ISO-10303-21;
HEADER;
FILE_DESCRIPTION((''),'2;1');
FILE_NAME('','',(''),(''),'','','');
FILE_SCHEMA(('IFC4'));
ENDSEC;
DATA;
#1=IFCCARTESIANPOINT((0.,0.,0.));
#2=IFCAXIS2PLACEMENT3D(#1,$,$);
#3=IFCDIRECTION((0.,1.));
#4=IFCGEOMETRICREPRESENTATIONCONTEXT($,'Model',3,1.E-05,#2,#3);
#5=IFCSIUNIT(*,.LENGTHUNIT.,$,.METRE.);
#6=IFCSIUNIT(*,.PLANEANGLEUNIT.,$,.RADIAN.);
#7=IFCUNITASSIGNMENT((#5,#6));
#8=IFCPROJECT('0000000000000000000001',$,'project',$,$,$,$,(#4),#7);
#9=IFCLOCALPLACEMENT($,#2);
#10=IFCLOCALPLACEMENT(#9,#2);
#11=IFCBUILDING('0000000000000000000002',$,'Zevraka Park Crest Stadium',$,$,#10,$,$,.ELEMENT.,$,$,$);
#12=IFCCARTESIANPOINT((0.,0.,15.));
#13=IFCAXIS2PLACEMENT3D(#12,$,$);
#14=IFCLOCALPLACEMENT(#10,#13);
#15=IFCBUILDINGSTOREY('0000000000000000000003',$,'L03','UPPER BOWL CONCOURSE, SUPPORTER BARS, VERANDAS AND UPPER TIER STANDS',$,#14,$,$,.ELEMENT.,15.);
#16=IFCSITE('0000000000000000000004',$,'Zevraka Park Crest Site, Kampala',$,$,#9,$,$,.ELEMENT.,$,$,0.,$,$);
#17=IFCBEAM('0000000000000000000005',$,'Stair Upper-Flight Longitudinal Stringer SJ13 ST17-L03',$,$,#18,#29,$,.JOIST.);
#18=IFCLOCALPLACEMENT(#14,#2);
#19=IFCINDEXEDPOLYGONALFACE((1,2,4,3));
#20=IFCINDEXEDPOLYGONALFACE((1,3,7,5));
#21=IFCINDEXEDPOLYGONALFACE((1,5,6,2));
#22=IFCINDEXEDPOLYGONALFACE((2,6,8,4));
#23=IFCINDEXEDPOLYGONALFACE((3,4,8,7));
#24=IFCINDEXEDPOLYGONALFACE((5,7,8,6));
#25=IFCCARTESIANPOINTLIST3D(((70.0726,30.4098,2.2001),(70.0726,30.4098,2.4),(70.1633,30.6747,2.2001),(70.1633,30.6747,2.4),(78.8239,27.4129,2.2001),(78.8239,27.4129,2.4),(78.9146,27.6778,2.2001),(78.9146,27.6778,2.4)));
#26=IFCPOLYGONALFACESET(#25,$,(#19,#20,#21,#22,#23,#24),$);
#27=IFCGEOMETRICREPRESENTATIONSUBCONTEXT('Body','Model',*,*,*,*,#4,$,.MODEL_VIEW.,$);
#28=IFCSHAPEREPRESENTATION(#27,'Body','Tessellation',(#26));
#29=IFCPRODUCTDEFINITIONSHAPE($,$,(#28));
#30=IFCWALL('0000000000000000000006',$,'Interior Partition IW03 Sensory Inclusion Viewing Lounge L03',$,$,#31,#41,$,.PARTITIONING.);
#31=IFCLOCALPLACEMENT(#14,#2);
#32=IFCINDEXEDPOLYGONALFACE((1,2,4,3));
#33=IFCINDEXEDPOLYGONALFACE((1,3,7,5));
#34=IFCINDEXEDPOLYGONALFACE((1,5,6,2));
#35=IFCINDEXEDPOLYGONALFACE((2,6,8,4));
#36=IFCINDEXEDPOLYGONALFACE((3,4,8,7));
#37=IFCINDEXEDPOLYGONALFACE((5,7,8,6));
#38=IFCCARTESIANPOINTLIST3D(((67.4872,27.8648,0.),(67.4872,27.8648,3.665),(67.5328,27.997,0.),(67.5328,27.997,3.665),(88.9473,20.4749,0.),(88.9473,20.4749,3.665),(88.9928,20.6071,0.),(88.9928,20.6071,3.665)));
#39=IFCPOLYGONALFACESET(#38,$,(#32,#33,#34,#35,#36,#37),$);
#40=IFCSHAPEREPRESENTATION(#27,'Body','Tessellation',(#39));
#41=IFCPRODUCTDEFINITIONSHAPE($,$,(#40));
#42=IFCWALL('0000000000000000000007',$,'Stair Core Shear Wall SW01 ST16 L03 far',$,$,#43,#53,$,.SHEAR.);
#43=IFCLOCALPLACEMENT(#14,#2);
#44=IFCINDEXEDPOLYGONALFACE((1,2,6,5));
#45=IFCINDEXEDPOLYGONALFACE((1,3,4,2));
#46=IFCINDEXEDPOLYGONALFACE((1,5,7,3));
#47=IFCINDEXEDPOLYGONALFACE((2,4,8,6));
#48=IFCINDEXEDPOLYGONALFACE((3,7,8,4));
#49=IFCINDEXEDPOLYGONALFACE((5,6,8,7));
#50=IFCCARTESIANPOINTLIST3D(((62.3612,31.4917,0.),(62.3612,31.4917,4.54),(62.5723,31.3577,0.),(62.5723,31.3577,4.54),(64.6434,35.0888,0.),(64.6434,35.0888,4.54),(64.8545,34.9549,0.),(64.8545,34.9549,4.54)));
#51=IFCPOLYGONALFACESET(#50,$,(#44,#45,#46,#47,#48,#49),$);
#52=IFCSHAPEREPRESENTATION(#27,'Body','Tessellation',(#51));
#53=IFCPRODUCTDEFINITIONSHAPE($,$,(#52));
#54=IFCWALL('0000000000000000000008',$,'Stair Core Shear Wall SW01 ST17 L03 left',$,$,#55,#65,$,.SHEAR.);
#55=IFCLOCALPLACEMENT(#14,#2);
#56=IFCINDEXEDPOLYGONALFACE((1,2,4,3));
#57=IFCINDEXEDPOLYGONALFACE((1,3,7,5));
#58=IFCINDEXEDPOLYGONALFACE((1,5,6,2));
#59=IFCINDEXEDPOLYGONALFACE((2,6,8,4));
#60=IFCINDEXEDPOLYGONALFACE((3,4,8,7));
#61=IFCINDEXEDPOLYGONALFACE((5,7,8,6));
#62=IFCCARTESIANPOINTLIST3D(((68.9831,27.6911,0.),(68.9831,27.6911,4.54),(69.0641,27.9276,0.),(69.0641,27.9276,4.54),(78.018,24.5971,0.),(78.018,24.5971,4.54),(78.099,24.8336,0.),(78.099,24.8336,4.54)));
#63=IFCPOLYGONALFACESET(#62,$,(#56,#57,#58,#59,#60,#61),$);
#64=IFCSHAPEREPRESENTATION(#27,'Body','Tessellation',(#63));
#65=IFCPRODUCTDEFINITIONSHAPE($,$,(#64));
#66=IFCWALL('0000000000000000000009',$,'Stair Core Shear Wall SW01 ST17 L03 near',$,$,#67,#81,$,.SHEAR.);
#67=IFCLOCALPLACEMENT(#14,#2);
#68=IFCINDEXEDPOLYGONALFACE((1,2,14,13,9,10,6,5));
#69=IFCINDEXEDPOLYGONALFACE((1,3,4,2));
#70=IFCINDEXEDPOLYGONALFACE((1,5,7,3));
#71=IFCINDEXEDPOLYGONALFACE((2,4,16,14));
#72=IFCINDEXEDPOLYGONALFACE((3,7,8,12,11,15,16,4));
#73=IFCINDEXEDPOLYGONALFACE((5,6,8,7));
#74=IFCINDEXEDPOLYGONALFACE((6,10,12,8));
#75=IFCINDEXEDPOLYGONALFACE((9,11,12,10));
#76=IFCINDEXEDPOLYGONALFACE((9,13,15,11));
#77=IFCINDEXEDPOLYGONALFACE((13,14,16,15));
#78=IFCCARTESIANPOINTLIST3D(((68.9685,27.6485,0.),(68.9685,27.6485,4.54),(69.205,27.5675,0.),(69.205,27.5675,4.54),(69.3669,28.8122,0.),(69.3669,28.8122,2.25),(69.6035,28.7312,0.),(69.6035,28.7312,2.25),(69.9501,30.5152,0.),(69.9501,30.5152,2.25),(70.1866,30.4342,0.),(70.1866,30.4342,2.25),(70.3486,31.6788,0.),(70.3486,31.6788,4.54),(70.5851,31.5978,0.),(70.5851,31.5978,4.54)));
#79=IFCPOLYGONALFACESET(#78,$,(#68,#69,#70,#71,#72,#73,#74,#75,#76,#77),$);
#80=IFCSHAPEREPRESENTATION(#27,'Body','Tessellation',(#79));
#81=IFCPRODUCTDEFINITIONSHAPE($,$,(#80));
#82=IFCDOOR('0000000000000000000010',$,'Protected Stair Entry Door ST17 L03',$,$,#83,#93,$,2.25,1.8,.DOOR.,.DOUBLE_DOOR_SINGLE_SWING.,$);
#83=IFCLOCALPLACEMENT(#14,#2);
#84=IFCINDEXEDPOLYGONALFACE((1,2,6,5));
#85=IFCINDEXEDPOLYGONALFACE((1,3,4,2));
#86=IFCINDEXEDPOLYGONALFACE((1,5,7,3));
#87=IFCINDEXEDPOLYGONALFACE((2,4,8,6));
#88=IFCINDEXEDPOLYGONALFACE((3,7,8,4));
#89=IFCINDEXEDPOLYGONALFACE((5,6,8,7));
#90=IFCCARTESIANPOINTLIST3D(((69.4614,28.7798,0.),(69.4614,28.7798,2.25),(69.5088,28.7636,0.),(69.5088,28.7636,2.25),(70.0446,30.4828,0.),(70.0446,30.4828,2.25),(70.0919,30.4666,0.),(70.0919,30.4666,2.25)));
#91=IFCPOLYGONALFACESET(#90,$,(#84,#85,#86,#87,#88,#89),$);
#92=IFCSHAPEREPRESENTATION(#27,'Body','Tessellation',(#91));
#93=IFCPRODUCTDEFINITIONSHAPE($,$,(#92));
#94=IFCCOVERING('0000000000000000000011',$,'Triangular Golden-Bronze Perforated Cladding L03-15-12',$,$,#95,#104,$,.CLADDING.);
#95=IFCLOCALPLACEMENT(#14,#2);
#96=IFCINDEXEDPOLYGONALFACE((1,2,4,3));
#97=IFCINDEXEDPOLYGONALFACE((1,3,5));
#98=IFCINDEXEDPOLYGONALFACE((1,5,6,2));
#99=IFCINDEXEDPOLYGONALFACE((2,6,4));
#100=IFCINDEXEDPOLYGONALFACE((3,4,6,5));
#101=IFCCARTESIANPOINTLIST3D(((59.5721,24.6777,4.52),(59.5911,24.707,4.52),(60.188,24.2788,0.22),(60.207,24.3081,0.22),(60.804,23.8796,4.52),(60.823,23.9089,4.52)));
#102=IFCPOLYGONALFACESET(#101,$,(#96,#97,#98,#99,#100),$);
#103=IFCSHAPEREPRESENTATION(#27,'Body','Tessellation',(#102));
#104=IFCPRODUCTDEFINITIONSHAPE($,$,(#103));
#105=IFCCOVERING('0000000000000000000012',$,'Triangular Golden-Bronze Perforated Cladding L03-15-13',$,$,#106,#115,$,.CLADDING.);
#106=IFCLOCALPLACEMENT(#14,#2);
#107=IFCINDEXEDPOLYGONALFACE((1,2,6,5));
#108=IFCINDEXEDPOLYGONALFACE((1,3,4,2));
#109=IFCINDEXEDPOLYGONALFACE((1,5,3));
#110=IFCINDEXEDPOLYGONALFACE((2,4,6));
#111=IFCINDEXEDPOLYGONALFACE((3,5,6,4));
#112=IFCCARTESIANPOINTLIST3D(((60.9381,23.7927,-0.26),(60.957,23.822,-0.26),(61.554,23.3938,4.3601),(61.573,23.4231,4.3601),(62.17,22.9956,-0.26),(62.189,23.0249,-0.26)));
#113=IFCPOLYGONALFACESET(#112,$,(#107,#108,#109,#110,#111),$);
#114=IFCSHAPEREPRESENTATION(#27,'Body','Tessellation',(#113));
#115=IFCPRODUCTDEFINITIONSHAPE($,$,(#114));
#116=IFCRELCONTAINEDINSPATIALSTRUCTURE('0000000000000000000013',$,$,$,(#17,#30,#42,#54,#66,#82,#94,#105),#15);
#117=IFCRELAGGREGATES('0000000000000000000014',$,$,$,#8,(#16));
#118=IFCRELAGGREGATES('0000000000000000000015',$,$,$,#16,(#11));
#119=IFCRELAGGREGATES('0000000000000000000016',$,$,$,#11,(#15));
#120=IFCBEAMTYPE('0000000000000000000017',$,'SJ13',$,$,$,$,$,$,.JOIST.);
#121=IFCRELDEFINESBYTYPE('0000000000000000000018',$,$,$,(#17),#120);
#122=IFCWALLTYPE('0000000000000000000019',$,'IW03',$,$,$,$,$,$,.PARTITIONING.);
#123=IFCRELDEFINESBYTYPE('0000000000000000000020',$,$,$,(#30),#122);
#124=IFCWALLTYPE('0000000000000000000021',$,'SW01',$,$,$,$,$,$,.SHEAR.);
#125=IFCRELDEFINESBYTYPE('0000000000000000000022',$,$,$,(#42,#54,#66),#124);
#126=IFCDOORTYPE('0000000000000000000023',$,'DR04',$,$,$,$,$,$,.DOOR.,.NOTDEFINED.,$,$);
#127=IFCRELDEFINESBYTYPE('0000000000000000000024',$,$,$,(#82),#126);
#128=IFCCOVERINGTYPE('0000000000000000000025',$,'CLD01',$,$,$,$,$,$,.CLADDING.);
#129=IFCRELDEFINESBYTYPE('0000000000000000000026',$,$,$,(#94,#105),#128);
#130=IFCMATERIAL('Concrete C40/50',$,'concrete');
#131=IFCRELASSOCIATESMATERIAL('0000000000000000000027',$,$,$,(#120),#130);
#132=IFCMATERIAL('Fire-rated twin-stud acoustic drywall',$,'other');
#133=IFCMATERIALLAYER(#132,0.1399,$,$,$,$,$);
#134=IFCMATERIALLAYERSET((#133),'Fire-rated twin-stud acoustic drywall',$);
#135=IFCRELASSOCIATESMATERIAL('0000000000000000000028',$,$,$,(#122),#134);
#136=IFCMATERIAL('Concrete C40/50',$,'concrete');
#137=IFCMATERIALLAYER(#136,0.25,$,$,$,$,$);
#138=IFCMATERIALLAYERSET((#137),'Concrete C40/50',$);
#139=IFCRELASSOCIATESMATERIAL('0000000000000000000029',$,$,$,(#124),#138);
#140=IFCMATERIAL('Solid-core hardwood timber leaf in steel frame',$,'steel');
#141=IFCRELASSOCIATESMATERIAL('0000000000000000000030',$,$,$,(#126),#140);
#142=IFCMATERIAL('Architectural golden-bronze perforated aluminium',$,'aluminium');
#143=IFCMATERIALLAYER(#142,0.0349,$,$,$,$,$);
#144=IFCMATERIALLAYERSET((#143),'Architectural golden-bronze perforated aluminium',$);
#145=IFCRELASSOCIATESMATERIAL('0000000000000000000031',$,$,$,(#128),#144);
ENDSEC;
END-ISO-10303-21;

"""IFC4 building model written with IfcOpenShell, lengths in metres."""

from ifc_helpers import new_model, si_unit, direction, frame, frame_2d, origin, origin_2d, place, context, subcontext, project, spatial, polyline, rectangle, outline, extrude, material, layer, layer_set, material_profile, profile_set, type_object, element, fill, save


model = new_model("IFC4")

# Units and contexts
model_context = context("Model", 3, precision=1e-05, world=origin(), true_north=direction((0.0, 1.0)))
body_context = subcontext(model_context, "Body", "Model", "MODEL_VIEW")
ifc_project = project(units=[si_unit("LENGTHUNIT", "METRE"), si_unit("PLANEANGLEUNIT", "RADIAN")], contexts=[model_context])

# Site, building, storey
site_placement = place(None, origin())
site = spatial("IfcSite", under=ifc_project, at=site_placement, Name="Zevraka Park Crest Site, Kampala", CompositionType="ELEMENT", RefElevation=0.0)
building_placement = place(site_placement, origin())
building = spatial("IfcBuilding", under=site, at=building_placement, Name="Zevraka Park Crest Stadium", CompositionType="ELEMENT")
storey_placement = place(building_placement, frame((0.0, 0.0, 15.0)))
storey = spatial("IfcBuildingStorey", under=building, at=storey_placement, Name="L03", Description="UPPER BOWL CONCOURSE, SUPPORTER BARS, VERANDAS AND UPPER TIER STANDS", CompositionType="ELEMENT", Elevation=15.0)

# Beam
ifc_material_1 = material(Name="Concrete C40/50", Category="concrete")
ifc_material_profile_1 = material_profile(ifc_material_1, rectangle(XDim=0.28, YDim=0.2, at=origin_2d()), Name="RC 200x280")
ifc_profile_set_1 = profile_set([ifc_material_profile_1], Name="Concrete C40/50")
beam_type_1 = type_object("IfcBeamType", Name="SJ13", PredefinedType="JOIST", material=ifc_profile_set_1)
beam_1_placement = place(storey_placement, frame((70.1179, 30.5422, 2.3), z_axis=(0.946065, -0.323977, 0.0), x_axis=(0.323977, 0.946065, 0.0)))
element("IfcBeam", 1, at=beam_1_placement, inside=storey, type_object=beam_type_1, Name="Stair Upper-Flight Longitudinal Stringer SJ13 ST17-L03", PredefinedType="JOIST", context=body_context, shape_type="SweptSolid", body=[
    extrude(rectangle(XDim=0.28, YDim=0.2, at=origin_2d()), origin(), (0.0, 0.0, 1.0), 9.2502),
])

# Walls
ifc_material_2 = material(Name="Fire-rated twin-stud acoustic drywall", Category="other")
ifc_layer_1 = layer(ifc_material_2, 0.1399)
ifc_layer_set_1 = layer_set([ifc_layer_1], Name="Fire-rated twin-stud acoustic drywall")
wall_type_1 = type_object("IfcWallType", Name="IW03", PredefinedType="PARTITIONING", material=ifc_layer_set_1)
wall_1_placement = place(storey_placement, frame((67.51, 27.9309, 0.0), z_axis=(0.0, 0.0, 1.0), x_axis=(0.94551, -0.325593, 0.0)))
element("IfcWall", 2, at=wall_1_placement, inside=storey, type_object=wall_type_1, Name="Interior Partition IW03 Sensory Inclusion Viewing Lounge L03", PredefinedType="PARTITIONING", context=body_context, shape_type="SweptSolid", body=[
    extrude(rectangle(XDim=22.6968, YDim=0.1399, at=frame_2d((11.3484, 0.0))), origin(), (0.0, 0.0, 1.0), 3.665),
])
ifc_material_3 = material(Name="Concrete C40/50", Category="concrete")
ifc_layer_2 = layer(ifc_material_3, 0.25)
ifc_layer_set_2 = layer_set([ifc_layer_2], Name="Concrete C40/50")
wall_type_2 = type_object("IfcWallType", Name="SW01", PredefinedType="SHEAR", material=ifc_layer_set_2)
wall_2_placement = place(storey_placement, frame((62.4668, 31.4248, 0.0), z_axis=(0.0, 0.0, 1.0), x_axis=(0.535725, 0.844392, 0.0)))
element("IfcWall", 3, at=wall_2_placement, inside=storey, type_object=wall_type_2, Name="Stair Core Shear Wall SW01 ST16 L03 far", PredefinedType="SHEAR", context=body_context, shape_type="SweptSolid", body=[
    extrude(rectangle(XDim=4.26, YDim=0.25, at=frame_2d((2.1299, 0.0))), origin(), (0.0, 0.0, 1.0), 4.54),
])
wall_3_placement = place(storey_placement, frame((69.0237, 27.8093, 0.0), z_axis=(0.0, 0.0, 1.0), x_axis=(0.946064, -0.323979, 0.0)))
element("IfcWall", 4, at=wall_3_placement, inside=storey, type_object=wall_type_2, Name="Stair Core Shear Wall SW01 ST17 L03 left", PredefinedType="SHEAR", context=body_context, shape_type="SweptSolid", body=[
    extrude(rectangle(XDim=9.55, YDim=0.25, at=frame_2d((4.7749, 0.0))), origin(), (0.0, 0.0, 1.0), 4.54),
])

# Wall, opening, door
wall_4_placement = place(storey_placement, frame((70.4668, 31.6382, 0.0), z_axis=(0.0, 0.0, 1.0), x_axis=(-0.323971, -0.946067, 0.0)))
wall_4 = element("IfcWall", 5, at=wall_4_placement, inside=storey, type_object=wall_type_2, Name="Stair Core Shear Wall SW01 ST17 L03 near", PredefinedType="SHEAR", context=body_context, shape_type="SweptSolid", body=[
    extrude(rectangle(XDim=4.26, YDim=0.25, at=frame_2d((2.1299, 0.0))), origin(), (0.0, 0.0, 1.0), 4.54),
])
opening_placement = place(wall_4_placement, frame((1.23, 0.0, 0.0)))
opening = element("IfcOpeningElement", 6, at=opening_placement, cuts=wall_4, PredefinedType="OPENING", context=body_context, shape_type="SweptSolid", body=[
    extrude(rectangle(XDim=1.8, YDim=2.25, at=frame_2d((0.8999, 1.125))), frame((0.0, 0.135, 0.0), z_axis=(0.0, -1.0, 0.0), x_axis=(1.0, 0.0, 0.0)), (0.0, 0.0, 1.0), 0.27),
])
ifc_material_4 = material(Name="Solid-core hardwood timber leaf in steel frame", Category="steel")
door_type = type_object("IfcDoorType", Name="DR04", OperationType="NOTDEFINED", PredefinedType="DOOR", material=ifc_material_4)
door_placement = place(opening_placement, origin())
door = element("IfcDoor", 7, at=door_placement, inside=storey, type_object=door_type, Name="Protected Stair Entry Door ST17 L03", OperationType="DOUBLE_DOOR_SINGLE_SWING", OverallHeight=2.25, OverallWidth=1.8, PredefinedType="DOOR", context=body_context, shape_type="SweptSolid", body=[
    extrude(rectangle(XDim=1.8, YDim=2.25, at=frame_2d((0.8999, 1.125))), frame((0.0, 0.0249, 0.0), z_axis=(0.0, -1.0, 0.0), x_axis=(1.0, 0.0, 0.0)), (0.0, 0.0, 1.0), 0.05),
])
fill(opening, door)

# Coverings
ifc_material_5 = material(Name="Architectural golden-bronze perforated aluminium", Category="aluminium")
ifc_layer_3 = layer(ifc_material_5, 0.0349)
ifc_layer_set_3 = layer_set([ifc_layer_3], Name="Architectural golden-bronze perforated aluminium")
covering_type = type_object("IfcCoveringType", Name="CLD01", PredefinedType="CLADDING", material=ifc_layer_set_3)
covering_1_placement = place(storey_placement, frame((60.823, 23.9089, 4.52), z_axis=(0.543713, 0.839271, 0.000024), x_axis=(-0.839271, 0.543713, 0.0)))
element("IfcCovering", 8, at=covering_1_placement, inside=storey, type_object=covering_type, Name="Triangular Golden-Bronze Perforated Cladding L03-15-12", PredefinedType="CLADDING", context=body_context, shape_type="SweptSolid", body=[
    extrude(outline(polyline([(0.0, 0.0), (1.4679, 0.0), (0.734, -4.3), (0.0, 0.0)])), origin(), (0.0, 0.0, -1.0), 0.0349),
])
covering_2_placement = place(storey_placement, frame((60.957, 23.822, -0.26), z_axis=(0.543244, 0.839575, 0.000067), x_axis=(0.839575, -0.543244, 0.0)))
element("IfcCovering", 9, at=covering_2_placement, inside=storey, type_object=covering_type, Name="Triangular Golden-Bronze Perforated Cladding L03-15-13", PredefinedType="CLADDING", context=body_context, shape_type="SweptSolid", body=[
    extrude(outline(polyline([(0.0, 0.0), (1.4673, 0.0), (0.7339, -4.6201), (0.0, 0.0)])), origin(), (0.0, 0.0, -1.0), 0.0349),
])

save(model, "model.ifc")
